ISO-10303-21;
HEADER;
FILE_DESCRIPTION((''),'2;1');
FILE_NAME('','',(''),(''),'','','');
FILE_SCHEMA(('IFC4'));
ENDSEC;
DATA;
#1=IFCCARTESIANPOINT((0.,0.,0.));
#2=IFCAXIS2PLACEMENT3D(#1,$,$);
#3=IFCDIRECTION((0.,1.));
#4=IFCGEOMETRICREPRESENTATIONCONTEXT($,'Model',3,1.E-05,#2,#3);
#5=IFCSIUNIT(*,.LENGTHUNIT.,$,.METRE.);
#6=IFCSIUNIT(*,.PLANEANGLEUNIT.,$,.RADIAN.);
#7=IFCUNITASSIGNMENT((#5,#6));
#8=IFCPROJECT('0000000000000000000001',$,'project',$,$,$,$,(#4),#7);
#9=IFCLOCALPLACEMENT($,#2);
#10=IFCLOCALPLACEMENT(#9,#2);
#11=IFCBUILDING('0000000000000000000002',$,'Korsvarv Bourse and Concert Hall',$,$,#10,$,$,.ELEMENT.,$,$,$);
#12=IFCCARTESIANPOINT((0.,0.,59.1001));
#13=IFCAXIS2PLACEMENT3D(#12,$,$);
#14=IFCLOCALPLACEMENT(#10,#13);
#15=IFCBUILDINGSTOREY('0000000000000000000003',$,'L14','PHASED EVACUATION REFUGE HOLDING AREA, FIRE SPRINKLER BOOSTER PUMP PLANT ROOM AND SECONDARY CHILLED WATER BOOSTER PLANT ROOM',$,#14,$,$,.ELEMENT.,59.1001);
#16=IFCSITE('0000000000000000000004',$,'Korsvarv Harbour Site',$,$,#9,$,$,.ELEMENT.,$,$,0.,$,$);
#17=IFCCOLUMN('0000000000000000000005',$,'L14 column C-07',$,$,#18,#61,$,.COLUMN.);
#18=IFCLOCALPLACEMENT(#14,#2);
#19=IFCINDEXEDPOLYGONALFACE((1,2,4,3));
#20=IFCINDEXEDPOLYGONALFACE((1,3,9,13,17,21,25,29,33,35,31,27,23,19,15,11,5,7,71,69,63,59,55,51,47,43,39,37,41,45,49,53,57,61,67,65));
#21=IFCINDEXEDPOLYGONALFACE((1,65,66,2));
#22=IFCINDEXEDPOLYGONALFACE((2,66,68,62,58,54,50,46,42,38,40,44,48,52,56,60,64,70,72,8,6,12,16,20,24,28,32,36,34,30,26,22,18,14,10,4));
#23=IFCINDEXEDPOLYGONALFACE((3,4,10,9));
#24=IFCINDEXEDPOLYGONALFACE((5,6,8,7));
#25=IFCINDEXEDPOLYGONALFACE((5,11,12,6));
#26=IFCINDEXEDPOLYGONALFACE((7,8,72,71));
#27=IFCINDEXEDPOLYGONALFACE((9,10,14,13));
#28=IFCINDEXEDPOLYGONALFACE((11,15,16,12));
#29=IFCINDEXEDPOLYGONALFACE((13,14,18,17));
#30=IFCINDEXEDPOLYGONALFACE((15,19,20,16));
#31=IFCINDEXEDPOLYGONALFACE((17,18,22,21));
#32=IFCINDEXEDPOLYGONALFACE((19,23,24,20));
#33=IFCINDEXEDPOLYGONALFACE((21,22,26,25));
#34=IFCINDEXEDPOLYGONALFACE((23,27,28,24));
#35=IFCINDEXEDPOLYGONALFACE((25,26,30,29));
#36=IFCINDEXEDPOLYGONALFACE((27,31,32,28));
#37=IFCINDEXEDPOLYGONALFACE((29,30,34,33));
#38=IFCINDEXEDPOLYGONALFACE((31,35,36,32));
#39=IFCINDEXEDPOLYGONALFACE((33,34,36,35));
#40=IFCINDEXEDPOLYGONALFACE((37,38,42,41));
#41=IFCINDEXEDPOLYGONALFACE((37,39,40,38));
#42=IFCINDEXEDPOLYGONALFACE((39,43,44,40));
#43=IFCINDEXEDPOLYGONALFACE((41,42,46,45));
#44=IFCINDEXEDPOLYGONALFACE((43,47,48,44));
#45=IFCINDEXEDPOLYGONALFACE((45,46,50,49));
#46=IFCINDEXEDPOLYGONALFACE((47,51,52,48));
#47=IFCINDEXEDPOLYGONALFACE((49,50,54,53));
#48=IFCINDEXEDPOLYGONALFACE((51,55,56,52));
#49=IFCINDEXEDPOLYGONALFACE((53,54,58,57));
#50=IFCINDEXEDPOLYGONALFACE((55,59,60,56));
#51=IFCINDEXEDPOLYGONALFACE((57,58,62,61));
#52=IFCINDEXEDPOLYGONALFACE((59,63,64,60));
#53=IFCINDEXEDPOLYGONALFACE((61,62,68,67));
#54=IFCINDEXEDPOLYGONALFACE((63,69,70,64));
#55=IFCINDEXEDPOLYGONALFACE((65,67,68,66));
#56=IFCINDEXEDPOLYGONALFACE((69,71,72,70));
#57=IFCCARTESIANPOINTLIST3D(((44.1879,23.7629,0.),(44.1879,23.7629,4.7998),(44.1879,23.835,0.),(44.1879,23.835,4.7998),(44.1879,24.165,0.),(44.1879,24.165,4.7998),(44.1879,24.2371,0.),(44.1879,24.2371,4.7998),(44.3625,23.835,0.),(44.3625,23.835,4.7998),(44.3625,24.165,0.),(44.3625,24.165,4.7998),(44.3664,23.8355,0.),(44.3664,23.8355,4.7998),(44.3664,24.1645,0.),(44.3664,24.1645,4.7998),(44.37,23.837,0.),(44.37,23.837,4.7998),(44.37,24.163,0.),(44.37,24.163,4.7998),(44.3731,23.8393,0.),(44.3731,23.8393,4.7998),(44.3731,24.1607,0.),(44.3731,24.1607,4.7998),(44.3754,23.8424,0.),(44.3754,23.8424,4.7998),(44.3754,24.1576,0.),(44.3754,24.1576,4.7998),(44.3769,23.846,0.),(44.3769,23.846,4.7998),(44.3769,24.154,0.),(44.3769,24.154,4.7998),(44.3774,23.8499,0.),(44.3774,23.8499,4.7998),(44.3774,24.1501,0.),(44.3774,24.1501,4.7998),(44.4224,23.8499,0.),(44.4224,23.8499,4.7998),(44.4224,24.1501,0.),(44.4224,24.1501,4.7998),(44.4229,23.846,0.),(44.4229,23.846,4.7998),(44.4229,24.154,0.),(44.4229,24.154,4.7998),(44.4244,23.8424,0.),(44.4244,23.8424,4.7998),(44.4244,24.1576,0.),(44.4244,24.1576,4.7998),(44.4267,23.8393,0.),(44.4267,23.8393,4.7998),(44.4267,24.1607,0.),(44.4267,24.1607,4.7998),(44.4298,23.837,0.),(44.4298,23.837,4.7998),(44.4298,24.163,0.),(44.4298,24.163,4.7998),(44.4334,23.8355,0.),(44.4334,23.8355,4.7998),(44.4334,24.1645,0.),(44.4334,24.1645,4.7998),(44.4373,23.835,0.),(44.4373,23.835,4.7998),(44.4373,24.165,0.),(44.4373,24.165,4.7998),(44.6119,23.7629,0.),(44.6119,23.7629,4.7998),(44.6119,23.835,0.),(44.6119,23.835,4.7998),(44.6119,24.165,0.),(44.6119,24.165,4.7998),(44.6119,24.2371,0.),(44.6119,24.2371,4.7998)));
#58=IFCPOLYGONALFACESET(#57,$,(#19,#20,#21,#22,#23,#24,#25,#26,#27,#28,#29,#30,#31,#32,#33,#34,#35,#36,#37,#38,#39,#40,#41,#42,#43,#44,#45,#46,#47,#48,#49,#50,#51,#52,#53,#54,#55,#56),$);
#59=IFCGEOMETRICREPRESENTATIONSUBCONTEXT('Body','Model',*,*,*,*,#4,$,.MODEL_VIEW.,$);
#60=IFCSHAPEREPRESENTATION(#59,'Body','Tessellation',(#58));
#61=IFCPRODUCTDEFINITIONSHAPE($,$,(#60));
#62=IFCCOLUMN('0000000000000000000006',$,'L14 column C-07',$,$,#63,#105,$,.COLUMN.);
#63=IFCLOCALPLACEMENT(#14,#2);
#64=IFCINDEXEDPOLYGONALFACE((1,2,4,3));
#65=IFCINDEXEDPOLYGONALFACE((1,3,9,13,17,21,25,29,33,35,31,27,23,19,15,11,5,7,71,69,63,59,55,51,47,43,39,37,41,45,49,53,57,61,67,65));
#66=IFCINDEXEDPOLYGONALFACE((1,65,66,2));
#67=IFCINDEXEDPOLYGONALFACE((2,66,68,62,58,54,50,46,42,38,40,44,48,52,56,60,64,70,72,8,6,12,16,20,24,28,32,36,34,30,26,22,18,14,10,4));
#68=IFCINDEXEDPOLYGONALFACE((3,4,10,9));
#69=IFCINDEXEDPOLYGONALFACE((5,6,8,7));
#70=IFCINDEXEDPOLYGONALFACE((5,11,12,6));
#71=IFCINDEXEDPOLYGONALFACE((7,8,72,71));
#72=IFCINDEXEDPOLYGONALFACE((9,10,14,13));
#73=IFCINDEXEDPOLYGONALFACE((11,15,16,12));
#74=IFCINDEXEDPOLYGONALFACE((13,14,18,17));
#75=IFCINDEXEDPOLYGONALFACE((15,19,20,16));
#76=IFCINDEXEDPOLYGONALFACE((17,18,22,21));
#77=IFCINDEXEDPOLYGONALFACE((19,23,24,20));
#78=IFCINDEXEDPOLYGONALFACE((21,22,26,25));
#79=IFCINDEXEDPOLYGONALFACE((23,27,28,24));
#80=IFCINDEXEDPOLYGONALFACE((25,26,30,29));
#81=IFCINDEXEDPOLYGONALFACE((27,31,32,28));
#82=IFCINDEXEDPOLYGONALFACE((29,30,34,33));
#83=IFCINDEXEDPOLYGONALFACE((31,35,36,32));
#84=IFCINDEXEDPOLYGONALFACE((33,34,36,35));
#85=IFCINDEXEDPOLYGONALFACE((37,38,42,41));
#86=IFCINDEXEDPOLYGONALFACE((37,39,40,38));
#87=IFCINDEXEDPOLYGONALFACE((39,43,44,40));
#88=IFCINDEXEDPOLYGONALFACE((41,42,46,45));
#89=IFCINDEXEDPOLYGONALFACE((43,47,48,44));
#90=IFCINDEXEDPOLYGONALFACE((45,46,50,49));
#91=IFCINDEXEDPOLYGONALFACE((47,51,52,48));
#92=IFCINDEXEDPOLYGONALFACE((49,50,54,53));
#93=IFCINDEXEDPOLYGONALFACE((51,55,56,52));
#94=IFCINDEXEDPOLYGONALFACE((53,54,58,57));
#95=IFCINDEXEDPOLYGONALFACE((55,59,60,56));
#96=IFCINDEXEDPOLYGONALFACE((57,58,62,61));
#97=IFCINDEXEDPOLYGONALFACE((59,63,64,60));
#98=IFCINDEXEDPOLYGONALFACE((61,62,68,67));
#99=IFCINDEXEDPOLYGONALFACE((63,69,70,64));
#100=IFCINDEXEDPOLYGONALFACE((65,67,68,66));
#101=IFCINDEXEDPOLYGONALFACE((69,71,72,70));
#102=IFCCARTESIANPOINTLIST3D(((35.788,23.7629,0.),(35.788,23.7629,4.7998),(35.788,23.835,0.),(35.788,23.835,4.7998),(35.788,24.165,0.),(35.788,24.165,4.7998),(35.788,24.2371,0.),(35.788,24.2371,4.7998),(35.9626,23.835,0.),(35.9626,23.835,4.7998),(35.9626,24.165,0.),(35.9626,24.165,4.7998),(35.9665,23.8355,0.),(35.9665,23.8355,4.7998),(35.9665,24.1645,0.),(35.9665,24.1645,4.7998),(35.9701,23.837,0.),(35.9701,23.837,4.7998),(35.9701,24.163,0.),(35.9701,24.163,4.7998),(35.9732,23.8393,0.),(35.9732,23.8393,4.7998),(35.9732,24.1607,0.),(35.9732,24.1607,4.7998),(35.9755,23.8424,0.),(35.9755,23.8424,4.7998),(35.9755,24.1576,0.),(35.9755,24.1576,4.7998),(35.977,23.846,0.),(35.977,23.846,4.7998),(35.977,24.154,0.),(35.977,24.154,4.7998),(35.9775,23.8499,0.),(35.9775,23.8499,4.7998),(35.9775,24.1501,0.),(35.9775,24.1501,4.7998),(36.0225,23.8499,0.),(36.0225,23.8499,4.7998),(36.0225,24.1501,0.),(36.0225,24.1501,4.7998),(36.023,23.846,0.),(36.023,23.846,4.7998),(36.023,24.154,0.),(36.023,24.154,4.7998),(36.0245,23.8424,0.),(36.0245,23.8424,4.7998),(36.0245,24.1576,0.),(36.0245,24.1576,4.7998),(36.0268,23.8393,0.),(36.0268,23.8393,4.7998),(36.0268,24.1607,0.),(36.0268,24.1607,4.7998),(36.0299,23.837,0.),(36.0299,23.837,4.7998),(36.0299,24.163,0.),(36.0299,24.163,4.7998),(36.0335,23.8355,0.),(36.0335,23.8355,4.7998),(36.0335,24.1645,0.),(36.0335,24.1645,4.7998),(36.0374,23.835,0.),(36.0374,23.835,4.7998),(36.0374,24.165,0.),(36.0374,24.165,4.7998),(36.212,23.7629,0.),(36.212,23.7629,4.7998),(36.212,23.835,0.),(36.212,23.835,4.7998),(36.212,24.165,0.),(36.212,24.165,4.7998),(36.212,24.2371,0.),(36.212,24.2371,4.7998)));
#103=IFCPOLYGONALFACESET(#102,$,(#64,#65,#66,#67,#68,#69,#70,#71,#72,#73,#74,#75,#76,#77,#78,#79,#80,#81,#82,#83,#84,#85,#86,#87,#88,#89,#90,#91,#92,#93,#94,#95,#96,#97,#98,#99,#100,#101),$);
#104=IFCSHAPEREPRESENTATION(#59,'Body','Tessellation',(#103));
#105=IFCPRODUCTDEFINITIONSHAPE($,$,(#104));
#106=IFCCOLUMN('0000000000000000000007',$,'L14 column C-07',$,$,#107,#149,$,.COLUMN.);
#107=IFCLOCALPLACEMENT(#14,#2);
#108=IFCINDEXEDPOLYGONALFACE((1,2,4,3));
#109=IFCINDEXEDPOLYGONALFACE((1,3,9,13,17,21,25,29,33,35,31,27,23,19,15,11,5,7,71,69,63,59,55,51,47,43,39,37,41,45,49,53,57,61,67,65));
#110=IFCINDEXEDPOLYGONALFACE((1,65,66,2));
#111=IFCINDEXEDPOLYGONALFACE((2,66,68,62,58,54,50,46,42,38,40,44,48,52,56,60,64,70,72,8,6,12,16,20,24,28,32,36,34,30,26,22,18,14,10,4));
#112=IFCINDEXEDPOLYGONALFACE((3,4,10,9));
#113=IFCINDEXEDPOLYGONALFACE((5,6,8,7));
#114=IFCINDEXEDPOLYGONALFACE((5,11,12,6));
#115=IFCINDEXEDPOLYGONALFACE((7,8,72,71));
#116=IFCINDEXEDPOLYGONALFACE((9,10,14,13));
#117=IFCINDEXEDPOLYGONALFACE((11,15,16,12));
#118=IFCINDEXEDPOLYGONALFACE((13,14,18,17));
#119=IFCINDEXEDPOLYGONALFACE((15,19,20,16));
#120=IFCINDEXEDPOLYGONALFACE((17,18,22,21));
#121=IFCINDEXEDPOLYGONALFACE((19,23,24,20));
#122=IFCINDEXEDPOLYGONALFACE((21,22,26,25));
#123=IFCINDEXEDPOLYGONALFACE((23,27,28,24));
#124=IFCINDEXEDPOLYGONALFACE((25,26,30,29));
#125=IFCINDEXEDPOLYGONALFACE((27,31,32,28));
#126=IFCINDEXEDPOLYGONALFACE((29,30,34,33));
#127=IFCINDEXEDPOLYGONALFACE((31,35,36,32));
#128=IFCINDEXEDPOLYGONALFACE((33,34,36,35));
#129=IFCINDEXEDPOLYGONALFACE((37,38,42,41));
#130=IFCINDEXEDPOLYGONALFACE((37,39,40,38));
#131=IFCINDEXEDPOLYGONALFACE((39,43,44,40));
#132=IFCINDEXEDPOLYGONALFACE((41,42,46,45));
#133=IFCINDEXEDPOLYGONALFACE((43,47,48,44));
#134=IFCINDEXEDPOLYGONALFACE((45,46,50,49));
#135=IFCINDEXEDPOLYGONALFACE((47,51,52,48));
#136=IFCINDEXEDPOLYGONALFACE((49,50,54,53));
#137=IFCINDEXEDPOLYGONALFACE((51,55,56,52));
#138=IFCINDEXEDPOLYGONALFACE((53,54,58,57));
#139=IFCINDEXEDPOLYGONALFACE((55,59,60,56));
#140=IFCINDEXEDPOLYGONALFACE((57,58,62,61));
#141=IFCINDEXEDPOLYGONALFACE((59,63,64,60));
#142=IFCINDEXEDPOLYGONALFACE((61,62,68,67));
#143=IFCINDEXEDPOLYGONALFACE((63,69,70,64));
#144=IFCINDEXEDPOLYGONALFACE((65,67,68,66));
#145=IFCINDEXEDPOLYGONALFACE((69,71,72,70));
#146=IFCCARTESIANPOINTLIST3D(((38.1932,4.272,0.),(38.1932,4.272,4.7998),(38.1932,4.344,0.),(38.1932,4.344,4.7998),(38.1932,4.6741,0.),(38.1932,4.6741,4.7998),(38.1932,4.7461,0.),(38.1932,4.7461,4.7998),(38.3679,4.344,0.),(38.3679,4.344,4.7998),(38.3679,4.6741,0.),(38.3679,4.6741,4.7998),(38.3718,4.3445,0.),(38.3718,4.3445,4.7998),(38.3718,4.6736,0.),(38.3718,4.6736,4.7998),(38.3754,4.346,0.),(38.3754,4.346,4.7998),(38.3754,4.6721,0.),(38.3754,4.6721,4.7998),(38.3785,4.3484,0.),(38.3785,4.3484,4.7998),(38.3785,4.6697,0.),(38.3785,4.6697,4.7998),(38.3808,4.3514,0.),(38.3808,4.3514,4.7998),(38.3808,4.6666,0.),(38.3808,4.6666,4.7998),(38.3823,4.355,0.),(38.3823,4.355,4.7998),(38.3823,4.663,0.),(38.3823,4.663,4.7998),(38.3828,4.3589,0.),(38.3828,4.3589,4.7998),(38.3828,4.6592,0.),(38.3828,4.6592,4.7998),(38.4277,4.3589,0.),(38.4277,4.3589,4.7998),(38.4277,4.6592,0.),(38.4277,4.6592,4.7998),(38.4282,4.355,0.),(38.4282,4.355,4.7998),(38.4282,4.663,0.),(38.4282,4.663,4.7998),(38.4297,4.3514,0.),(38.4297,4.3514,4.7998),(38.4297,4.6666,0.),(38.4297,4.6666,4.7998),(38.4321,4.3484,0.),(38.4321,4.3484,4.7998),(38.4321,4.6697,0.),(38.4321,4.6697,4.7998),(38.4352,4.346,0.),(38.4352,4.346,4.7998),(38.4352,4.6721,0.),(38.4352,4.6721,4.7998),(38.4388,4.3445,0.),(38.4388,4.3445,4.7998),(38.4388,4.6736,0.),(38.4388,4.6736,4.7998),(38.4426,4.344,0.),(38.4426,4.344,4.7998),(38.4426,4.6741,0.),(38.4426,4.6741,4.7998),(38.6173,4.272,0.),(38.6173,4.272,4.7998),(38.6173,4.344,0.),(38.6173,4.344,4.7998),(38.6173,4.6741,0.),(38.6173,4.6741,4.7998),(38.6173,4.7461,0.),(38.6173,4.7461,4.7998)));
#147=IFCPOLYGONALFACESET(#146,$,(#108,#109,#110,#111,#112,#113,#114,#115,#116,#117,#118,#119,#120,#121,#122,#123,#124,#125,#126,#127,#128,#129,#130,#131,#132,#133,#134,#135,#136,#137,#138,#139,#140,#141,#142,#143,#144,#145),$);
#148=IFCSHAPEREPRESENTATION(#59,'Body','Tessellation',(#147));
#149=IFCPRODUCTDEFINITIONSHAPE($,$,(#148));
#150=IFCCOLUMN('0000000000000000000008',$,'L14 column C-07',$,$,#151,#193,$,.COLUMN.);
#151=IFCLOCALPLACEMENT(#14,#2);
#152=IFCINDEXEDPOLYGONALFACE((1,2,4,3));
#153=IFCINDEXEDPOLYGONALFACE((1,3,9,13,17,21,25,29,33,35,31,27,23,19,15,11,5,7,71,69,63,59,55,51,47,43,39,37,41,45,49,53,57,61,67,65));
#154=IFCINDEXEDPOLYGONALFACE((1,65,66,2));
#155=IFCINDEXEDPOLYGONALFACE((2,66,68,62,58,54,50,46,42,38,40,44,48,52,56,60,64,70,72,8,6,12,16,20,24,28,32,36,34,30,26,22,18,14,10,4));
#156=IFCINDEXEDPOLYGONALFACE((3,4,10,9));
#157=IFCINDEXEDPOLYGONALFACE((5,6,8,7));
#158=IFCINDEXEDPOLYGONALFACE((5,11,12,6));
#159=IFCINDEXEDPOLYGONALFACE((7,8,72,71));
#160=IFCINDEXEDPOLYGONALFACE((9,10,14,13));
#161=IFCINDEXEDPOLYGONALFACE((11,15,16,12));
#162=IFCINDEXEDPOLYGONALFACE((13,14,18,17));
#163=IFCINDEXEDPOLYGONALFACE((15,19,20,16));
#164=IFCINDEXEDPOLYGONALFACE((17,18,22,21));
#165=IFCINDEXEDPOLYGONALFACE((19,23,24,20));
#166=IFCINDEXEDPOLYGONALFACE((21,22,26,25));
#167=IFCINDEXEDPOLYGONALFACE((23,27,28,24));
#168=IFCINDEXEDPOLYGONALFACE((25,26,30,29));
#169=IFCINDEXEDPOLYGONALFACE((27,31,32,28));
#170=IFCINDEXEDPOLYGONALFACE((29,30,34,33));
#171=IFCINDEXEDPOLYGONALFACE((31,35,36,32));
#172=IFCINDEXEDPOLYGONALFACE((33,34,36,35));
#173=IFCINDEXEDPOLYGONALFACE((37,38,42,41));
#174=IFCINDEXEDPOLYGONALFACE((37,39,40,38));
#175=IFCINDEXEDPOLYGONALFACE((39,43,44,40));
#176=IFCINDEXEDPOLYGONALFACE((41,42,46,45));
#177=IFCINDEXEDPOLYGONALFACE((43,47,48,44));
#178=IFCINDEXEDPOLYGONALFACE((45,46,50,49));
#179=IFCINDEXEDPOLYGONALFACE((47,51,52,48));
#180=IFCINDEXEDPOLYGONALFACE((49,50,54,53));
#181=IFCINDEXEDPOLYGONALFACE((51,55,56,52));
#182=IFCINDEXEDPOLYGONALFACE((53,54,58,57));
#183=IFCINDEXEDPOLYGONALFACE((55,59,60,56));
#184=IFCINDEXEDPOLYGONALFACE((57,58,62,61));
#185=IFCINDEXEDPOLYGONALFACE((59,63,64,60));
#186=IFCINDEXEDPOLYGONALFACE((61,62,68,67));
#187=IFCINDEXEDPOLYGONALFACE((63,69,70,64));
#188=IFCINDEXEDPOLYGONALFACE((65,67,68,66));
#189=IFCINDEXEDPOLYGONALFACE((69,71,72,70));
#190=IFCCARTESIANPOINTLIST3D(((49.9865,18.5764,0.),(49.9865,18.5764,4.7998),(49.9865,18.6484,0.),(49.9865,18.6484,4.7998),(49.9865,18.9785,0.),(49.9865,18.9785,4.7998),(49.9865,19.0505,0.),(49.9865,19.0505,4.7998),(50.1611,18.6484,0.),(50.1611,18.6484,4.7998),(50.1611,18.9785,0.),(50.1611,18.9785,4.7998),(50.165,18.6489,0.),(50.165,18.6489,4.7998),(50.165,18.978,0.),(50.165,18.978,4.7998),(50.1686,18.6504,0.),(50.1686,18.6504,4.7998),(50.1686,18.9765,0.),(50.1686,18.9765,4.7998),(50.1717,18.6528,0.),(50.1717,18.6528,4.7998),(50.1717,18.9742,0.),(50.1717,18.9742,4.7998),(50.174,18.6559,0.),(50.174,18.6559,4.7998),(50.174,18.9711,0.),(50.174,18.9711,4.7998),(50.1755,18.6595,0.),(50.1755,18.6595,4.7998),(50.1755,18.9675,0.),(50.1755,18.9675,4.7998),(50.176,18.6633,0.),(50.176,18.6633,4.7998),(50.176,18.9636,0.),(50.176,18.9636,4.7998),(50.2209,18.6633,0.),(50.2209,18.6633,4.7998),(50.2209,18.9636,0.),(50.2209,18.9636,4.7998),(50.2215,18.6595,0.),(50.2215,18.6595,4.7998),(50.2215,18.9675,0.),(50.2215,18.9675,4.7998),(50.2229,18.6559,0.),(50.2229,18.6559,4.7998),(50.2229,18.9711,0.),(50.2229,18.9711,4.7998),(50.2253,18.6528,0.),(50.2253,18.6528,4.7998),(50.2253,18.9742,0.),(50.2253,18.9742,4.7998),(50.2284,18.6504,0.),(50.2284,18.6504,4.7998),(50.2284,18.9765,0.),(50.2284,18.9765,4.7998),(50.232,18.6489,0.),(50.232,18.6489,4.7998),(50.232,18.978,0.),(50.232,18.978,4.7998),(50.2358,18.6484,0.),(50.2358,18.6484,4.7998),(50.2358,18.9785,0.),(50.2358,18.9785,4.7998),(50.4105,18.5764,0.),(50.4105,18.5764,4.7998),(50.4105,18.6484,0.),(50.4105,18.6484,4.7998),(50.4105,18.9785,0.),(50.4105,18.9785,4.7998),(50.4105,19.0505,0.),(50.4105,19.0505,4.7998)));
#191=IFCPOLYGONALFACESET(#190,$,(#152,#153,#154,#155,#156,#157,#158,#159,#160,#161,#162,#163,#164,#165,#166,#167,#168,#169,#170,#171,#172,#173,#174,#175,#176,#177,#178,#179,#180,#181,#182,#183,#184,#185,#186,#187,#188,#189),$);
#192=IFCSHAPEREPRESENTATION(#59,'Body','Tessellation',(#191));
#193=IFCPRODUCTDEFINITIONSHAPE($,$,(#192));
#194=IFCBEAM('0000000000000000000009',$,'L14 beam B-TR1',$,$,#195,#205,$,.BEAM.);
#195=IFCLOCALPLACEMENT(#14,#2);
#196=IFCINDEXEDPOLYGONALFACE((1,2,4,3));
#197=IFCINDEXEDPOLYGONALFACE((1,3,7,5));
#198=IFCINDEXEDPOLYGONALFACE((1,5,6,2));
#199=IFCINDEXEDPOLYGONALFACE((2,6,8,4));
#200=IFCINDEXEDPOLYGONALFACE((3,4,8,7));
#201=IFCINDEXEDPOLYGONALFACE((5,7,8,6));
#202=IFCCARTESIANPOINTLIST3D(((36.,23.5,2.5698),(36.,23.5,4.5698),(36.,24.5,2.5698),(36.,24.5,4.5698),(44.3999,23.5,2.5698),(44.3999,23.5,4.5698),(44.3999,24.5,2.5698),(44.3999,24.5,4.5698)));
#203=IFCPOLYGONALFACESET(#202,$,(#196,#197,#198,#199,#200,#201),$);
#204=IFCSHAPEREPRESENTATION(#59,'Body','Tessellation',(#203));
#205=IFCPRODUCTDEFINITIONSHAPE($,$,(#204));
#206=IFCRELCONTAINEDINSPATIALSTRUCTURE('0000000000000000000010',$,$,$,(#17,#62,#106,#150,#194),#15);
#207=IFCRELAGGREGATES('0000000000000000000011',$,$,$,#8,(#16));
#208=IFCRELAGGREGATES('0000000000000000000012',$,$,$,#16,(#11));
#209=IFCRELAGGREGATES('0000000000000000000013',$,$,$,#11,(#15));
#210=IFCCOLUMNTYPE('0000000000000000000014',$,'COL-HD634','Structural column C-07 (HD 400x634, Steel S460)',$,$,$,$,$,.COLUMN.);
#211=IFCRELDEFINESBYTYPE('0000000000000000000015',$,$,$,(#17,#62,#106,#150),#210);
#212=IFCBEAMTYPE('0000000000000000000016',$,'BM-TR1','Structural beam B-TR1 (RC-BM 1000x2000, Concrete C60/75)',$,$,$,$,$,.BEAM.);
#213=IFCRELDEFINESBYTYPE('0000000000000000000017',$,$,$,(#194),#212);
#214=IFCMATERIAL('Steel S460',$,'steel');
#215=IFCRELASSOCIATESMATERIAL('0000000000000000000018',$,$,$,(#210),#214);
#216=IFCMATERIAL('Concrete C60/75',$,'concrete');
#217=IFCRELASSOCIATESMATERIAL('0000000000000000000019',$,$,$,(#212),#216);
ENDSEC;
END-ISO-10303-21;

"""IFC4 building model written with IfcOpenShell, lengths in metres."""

from ifc_helpers import new_model, si_unit, direction, frame, origin, origin_2d, place, context, subcontext, project, spatial, rectangle, i_section, extrude, source, transform, mapped, material, material_profile, profile_set, type_object, element, save


model = new_model("IFC4")

# Units and contexts
model_context = context("Model", 3, precision=1e-05, world=origin(), true_north=direction((0.0, 1.0)))
body_context = subcontext(model_context, "Body", "Model", "MODEL_VIEW")
ifc_project = project(units=[si_unit("LENGTHUNIT", "METRE"), si_unit("PLANEANGLEUNIT", "RADIAN")], contexts=[model_context])

# Site, building, storey
site_placement = place(None, origin())
site = spatial("IfcSite", under=ifc_project, at=site_placement, Name="Korsvarv Harbour Site", CompositionType="ELEMENT", RefElevation=0.0)
building_placement = place(site_placement, origin())
building = spatial("IfcBuilding", under=site, at=building_placement, Name="Korsvarv Bourse and Concert Hall", CompositionType="ELEMENT")
storey_placement = place(building_placement, frame((0.0, 0.0, 59.1001)))
storey = spatial("IfcBuildingStorey", under=building, at=storey_placement, Name="L14", Description="PHASED EVACUATION REFUGE HOLDING AREA, FIRE SPRINKLER BOOSTER PUMP PLANT ROOM AND SECONDARY CHILLED WATER BOOSTER PLANT ROOM", CompositionType="ELEMENT", Elevation=59.1001)

# Columns
ifc_material_1 = material(Name="Steel S460", Category="steel")
ifc_material_profile_1 = material_profile(ifc_material_1, i_section(OverallWidth=0.4241, OverallDepth=0.4741, WebThickness=0.0449, FlangeThickness=0.072, FilletRadius=0.0149, at=origin_2d()), Name="HD 400x634")
ifc_profile_set_1 = profile_set([ifc_material_profile_1], Name="Steel S460")
column_type = type_object("IfcColumnType", Name="COL-HD634", Description="Structural column C-07 (HD 400x634, Steel S460)", PredefinedType="COLUMN", material=ifc_profile_set_1)
shared_shape_1 = source(origin(), body_context, "Body", "SweptSolid", [
    extrude(i_section(OverallWidth=0.4241, OverallDepth=0.4741, WebThickness=0.0449, FlangeThickness=0.072, FilletRadius=0.0149, at=origin_2d()), origin(), (0.0, 0.0, 1.0), 4.7998),
])
for number, where, z_axis, x_axis, name in (
    (1, (44.3999, 24.0, 0.0), (0.0, 0.0, 1.0), (1.0, 0.0, 0.0), "L14 column C-07"),
    (2, (36.0, 24.0, 0.0), (0.0, 0.0, 1.0), (1.0, 0.0, 0.0), "L14 column C-07"),
    (3, (38.4053, 4.509, 0.0), (0.0, 0.0, 1.0), (1.0, 0.0, 0.0), "L14 column C-07"),
    (4, (50.1985, 18.8135, 0.0), (0.0, 0.0, 1.0), (1.0, 0.0, 0.0), "L14 column C-07"),
):
    element("IfcColumn", number, at=place(storey_placement, frame(where, z_axis=z_axis, x_axis=x_axis)), inside=storey, type_object=column_type, Name=name, PredefinedType="COLUMN", context=body_context, shape_type="MappedRepresentation", body=[
        mapped(shared_shape_1, transform((0.0, 0.0, 0.0), scale=1.0)),
    ])

# Beam
ifc_material_2 = material(Name="Concrete C60/75", Category="concrete")
ifc_material_profile_2 = material_profile(ifc_material_2, rectangle(XDim=1.0, YDim=2.0, at=origin_2d()), Name="RC-BM 1000x2000")
ifc_profile_set_2 = profile_set([ifc_material_profile_2], Name="Concrete C60/75")
beam_type = type_object("IfcBeamType", Name="BM-TR1", Description="Structural beam B-TR1 (RC-BM 1000x2000, Concrete C60/75)", PredefinedType="BEAM", material=ifc_profile_set_2)
shared_shape_2 = source(origin(), body_context, "Body", "SweptSolid", [
    extrude(rectangle(XDim=1.0, YDim=2.0, at=origin_2d()), origin(), (0.0, 0.0, 1.0), 8.3999),
])
for number, where, z_axis, x_axis, name in (
    (5, (36.0, 24.0, 3.5698), (1.0, 0.0, 0.0), (0.0, 1.0, 0.0), "L14 beam B-TR1"),
):
    element("IfcBeam", number, at=place(storey_placement, frame(where, z_axis=z_axis, x_axis=x_axis)), inside=storey, type_object=beam_type, Name=name, PredefinedType="BEAM", context=body_context, shape_type="MappedRepresentation", body=[
        mapped(shared_shape_2, transform((0.0, 0.0, 0.0), scale=1.0)),
    ])

save(model, "model.ifc")
